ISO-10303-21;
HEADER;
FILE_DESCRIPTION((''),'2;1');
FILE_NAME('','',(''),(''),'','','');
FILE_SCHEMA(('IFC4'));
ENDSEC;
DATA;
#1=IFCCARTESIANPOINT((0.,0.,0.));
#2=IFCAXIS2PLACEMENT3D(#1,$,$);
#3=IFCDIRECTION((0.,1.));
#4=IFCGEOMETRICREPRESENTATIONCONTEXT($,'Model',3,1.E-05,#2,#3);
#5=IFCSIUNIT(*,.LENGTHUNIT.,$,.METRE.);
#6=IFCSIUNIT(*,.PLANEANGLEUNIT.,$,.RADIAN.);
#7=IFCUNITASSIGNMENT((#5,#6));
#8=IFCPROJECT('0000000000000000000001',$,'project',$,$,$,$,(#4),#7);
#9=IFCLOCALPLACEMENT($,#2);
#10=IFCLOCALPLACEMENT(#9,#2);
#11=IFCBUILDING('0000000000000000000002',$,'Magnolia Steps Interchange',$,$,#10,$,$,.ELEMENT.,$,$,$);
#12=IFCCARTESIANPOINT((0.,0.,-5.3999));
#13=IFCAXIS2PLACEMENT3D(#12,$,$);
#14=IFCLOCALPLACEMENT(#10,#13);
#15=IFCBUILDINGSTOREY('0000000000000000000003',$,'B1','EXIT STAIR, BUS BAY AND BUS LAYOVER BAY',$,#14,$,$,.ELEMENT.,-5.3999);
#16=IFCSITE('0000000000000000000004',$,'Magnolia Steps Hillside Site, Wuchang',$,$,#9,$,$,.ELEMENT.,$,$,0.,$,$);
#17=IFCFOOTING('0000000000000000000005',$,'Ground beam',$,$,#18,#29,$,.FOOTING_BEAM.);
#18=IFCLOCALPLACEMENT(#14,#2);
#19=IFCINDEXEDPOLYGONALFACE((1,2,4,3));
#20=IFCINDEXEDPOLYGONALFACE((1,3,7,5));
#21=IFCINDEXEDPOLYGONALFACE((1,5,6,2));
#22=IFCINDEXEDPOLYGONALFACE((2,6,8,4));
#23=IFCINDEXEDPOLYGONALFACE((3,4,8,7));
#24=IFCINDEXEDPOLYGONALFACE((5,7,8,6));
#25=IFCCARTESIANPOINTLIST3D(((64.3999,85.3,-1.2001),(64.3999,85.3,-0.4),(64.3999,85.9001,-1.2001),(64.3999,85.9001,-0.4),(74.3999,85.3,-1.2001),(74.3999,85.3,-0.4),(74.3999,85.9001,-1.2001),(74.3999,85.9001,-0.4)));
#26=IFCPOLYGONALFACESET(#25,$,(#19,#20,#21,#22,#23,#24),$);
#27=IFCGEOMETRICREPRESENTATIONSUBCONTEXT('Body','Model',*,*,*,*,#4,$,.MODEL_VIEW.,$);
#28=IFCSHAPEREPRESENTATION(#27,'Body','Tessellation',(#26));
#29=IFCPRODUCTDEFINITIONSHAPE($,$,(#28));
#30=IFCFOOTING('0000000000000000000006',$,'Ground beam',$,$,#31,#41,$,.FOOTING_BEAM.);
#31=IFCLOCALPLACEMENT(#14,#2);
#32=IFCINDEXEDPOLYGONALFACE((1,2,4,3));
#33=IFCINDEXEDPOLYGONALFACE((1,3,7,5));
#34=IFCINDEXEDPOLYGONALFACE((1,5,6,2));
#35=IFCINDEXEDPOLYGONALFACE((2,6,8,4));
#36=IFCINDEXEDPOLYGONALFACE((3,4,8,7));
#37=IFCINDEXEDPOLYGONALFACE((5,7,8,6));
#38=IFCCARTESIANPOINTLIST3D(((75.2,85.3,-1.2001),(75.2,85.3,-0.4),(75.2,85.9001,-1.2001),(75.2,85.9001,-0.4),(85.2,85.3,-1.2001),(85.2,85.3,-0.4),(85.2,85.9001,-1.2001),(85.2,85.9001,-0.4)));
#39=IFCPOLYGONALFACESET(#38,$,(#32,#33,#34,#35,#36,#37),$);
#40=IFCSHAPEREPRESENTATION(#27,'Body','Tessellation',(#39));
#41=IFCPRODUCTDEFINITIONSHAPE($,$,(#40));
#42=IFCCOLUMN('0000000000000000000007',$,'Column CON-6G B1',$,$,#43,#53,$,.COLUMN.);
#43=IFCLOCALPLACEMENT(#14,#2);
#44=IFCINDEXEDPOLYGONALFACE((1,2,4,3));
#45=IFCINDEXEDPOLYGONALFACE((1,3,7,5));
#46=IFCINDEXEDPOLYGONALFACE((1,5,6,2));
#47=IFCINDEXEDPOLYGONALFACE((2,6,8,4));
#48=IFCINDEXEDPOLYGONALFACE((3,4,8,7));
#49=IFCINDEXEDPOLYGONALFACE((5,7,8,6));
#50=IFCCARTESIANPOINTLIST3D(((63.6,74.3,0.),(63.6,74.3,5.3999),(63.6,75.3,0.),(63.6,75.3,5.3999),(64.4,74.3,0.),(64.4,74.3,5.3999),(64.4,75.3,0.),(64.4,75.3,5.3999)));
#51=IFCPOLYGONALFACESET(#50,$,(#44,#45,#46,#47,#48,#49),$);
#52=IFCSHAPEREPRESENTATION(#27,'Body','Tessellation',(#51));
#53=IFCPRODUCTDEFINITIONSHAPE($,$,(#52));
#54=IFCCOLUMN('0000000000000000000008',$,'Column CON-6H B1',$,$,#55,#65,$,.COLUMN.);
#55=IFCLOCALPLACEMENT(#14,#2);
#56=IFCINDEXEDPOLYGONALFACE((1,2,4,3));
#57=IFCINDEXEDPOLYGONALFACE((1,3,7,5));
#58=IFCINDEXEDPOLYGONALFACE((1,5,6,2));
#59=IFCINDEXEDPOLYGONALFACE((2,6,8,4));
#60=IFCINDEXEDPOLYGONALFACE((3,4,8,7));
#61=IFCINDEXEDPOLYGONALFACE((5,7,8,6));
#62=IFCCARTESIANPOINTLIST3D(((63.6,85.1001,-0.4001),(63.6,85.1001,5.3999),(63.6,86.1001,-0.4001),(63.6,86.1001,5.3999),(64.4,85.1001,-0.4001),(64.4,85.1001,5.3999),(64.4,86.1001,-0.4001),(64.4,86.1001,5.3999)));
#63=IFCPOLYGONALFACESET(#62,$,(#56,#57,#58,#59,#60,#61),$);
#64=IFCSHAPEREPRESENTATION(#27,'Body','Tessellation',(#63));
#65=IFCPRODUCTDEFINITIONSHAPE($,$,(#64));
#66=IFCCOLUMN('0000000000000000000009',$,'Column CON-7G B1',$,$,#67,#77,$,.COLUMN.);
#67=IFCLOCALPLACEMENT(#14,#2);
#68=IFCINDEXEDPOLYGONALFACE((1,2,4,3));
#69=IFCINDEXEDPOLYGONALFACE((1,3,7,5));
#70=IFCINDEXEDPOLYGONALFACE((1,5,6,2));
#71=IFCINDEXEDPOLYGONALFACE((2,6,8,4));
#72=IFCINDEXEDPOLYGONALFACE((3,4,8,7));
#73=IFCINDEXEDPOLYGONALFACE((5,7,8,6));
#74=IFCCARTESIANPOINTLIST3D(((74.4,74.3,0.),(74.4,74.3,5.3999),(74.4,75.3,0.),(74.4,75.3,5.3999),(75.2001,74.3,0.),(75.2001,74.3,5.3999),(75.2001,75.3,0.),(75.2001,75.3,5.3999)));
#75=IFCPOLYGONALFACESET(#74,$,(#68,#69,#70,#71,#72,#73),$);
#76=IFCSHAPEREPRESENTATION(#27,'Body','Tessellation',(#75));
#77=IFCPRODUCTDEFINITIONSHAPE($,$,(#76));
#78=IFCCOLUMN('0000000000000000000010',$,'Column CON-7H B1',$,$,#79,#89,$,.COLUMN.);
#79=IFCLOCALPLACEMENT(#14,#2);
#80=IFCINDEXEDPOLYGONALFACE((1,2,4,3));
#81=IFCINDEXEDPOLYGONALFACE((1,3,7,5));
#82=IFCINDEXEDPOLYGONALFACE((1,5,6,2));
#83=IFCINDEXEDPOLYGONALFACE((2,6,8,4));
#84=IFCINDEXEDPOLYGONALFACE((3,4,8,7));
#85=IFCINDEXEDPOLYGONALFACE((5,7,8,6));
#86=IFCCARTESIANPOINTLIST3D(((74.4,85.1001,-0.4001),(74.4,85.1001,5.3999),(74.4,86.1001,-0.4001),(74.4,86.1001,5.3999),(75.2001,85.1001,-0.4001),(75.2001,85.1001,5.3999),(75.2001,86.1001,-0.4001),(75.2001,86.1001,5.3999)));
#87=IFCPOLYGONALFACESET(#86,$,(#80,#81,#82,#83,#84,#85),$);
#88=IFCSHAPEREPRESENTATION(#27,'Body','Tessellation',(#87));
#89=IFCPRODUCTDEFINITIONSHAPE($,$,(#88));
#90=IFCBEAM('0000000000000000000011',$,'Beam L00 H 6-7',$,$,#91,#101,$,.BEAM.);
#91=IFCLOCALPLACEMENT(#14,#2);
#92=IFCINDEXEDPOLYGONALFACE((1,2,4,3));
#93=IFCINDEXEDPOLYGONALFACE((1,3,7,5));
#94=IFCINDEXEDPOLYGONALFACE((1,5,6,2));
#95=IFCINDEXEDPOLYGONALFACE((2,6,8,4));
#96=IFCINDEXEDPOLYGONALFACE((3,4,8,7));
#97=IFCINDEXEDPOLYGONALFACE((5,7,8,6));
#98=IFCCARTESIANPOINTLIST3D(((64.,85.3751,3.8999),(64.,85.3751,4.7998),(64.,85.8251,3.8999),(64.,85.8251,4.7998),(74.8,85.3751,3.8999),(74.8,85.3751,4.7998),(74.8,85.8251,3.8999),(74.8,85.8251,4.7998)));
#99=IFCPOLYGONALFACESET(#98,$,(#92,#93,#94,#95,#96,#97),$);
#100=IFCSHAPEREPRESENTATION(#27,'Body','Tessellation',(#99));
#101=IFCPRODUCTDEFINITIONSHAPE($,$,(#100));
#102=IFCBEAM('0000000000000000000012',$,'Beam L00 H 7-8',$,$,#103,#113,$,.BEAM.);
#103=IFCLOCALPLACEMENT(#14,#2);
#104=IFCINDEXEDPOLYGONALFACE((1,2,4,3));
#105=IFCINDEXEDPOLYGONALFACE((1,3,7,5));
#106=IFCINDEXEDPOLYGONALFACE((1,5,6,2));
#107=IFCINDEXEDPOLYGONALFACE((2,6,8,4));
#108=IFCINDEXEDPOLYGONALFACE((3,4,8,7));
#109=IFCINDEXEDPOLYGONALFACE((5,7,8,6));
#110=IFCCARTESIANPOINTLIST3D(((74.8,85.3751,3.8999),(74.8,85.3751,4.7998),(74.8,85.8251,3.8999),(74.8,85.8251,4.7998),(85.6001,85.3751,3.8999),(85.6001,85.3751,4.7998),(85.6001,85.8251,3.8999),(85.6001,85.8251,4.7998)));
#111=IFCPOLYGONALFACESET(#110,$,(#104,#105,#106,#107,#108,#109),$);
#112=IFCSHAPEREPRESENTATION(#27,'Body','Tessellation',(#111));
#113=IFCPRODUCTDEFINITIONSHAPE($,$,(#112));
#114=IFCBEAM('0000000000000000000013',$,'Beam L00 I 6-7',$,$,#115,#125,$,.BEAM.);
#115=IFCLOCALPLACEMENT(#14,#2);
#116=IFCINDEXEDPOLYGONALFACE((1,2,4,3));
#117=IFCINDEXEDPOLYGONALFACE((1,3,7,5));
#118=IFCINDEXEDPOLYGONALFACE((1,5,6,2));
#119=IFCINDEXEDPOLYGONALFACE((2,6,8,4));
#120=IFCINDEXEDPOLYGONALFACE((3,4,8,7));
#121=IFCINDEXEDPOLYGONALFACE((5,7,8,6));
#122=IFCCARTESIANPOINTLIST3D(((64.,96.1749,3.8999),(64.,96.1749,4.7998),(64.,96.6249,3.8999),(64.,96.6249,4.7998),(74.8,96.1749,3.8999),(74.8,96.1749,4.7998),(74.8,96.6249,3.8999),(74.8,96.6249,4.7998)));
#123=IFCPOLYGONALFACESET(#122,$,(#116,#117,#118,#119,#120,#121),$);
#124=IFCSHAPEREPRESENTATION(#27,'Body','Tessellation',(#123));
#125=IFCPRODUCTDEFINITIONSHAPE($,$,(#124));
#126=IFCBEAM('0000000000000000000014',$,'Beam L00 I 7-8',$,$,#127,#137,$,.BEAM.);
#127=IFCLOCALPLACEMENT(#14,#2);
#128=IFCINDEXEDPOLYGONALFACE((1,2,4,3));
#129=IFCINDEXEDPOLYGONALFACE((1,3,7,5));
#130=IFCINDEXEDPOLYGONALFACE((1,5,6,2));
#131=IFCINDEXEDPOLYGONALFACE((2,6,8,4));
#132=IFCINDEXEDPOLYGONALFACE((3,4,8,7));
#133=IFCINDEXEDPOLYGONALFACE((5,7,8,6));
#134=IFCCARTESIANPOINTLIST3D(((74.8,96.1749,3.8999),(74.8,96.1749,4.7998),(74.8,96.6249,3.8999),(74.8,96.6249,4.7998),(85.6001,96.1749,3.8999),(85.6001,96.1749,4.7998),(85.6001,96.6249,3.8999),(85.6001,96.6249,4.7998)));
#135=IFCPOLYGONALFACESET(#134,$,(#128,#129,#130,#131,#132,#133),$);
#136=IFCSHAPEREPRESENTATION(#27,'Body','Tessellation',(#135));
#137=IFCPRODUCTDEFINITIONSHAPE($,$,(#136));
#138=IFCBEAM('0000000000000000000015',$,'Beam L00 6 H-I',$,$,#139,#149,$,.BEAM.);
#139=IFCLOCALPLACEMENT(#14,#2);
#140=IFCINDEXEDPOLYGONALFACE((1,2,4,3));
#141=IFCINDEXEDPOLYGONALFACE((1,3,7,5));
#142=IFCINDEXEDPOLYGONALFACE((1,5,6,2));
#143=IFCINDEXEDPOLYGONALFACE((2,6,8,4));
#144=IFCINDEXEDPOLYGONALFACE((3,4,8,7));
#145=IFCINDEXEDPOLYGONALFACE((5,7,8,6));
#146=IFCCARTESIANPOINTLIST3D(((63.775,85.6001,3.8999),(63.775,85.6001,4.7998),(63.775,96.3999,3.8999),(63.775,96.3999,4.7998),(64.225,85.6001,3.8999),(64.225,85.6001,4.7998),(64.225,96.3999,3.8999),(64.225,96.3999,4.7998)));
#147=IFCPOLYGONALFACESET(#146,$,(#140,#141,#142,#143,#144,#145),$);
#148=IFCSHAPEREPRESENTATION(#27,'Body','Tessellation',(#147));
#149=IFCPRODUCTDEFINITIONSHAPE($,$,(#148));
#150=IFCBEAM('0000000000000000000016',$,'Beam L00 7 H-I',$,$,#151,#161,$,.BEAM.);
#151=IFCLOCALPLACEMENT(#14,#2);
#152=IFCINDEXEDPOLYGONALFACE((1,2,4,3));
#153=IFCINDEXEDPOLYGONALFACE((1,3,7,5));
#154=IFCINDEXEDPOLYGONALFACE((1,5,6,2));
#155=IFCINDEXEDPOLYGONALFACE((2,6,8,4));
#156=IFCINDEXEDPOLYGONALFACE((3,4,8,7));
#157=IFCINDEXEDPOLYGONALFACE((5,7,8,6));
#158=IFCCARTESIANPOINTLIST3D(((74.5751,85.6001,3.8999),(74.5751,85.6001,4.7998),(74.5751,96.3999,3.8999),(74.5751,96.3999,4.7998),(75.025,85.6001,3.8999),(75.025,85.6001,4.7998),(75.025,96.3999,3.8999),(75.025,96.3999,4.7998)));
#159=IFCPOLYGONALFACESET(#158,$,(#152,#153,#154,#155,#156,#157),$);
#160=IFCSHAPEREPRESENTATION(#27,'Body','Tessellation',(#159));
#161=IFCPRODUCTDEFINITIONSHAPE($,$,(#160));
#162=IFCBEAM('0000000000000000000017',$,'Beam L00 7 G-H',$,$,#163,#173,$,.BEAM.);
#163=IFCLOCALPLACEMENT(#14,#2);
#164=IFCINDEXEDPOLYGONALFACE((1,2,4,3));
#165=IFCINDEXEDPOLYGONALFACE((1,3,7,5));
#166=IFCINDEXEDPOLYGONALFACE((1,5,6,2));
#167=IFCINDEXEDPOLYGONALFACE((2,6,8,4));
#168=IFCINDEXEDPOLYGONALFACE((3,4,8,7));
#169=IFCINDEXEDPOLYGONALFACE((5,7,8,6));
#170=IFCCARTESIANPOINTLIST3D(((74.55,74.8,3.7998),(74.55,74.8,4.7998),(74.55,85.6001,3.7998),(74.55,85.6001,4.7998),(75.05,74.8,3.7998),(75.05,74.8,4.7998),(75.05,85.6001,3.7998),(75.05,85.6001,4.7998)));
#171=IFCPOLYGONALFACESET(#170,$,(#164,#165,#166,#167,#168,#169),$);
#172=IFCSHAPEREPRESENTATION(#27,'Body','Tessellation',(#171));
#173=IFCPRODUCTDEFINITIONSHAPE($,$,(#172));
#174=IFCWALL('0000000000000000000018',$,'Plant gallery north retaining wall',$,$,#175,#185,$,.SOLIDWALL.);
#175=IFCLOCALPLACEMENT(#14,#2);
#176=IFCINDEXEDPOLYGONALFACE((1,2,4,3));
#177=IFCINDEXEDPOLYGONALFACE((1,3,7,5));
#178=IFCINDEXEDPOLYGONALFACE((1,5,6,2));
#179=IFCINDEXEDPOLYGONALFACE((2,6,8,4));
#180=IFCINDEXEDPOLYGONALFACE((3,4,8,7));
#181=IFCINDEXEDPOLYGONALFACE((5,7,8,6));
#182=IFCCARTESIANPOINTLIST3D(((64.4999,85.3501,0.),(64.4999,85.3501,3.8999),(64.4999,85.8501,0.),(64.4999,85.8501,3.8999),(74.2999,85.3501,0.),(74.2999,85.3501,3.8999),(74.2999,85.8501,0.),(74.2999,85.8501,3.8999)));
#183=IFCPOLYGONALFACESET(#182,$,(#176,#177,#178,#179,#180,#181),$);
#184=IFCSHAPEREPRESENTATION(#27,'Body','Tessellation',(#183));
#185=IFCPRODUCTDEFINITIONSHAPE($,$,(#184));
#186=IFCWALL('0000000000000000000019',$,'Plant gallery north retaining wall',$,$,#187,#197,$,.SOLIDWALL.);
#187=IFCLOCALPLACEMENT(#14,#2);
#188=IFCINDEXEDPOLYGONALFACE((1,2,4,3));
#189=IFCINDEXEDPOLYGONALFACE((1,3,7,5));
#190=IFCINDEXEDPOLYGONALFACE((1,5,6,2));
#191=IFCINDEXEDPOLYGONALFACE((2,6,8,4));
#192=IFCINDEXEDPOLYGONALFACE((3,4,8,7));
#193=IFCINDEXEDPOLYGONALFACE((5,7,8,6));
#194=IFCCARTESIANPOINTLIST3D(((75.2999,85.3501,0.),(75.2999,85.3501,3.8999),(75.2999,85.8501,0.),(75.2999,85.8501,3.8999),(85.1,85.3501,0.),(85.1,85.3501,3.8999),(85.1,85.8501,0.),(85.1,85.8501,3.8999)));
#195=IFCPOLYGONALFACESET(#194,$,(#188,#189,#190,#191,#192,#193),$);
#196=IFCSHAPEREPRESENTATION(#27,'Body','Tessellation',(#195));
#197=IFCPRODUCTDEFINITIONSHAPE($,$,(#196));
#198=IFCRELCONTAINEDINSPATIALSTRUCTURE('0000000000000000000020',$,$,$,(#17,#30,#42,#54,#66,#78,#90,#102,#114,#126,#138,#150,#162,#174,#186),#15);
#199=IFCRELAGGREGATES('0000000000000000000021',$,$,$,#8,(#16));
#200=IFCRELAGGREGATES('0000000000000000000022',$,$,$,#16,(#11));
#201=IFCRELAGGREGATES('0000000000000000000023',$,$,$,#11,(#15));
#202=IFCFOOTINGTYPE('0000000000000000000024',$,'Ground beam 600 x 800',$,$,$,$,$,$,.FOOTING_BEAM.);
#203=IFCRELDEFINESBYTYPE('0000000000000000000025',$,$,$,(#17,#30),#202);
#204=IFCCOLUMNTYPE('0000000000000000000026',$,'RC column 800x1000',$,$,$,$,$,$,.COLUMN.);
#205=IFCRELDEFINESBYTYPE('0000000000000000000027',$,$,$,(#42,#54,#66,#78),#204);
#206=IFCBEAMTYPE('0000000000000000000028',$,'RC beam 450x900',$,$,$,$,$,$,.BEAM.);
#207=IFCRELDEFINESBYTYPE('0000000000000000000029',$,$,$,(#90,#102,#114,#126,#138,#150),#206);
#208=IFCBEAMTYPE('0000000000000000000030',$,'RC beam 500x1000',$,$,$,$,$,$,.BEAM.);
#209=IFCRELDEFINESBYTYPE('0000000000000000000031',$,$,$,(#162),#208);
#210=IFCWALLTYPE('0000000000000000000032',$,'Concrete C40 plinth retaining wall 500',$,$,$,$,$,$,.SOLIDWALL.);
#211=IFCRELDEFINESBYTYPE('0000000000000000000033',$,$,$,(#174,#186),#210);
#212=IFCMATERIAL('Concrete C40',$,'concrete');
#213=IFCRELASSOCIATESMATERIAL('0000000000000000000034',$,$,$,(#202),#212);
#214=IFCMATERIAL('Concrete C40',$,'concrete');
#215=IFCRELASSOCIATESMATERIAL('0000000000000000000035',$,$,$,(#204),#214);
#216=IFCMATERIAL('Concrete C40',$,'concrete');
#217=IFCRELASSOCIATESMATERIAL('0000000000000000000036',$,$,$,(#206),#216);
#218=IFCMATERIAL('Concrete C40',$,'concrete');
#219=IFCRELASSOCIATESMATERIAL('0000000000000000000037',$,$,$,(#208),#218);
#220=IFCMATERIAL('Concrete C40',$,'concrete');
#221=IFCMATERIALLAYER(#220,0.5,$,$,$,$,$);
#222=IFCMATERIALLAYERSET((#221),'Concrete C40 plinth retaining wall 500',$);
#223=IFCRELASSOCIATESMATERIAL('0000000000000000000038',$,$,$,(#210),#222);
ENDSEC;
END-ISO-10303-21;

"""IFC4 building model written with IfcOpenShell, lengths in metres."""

from ifc_helpers import new_model, si_unit, direction, frame, frame_2d, origin, origin_2d, place, context, subcontext, project, spatial, rectangle, extrude, material, layer, layer_set, material_profile, profile_set, type_object, element, save


model = new_model("IFC4")

# Units and contexts
model_context = context("Model", 3, precision=1e-05, world=origin(), true_north=direction((0.0, 1.0)))
body_context = subcontext(model_context, "Body", "Model", "MODEL_VIEW")
ifc_project = project(units=[si_unit("LENGTHUNIT", "METRE"), si_unit("PLANEANGLEUNIT", "RADIAN")], contexts=[model_context])

# Site, building, storey
site_placement = place(None, origin())
site = spatial("IfcSite", under=ifc_project, at=site_placement, Name="Magnolia Steps Hillside Site, Wuchang", CompositionType="ELEMENT", RefElevation=0.0)
building_placement = place(site_placement, origin())
building = spatial("IfcBuilding", under=site, at=building_placement, Name="Magnolia Steps Interchange", CompositionType="ELEMENT")
storey_placement = place(building_placement, frame((0.0, 0.0, -5.3999)))
storey = spatial("IfcBuildingStorey", under=building, at=storey_placement, Name="B1", Description="EXIT STAIR, BUS BAY AND BUS LAYOVER BAY", CompositionType="ELEMENT", Elevation=-5.3999)

# Footings
ifc_material_1 = material(Name="Concrete C40", Category="concrete")
ifc_material_profile_1 = material_profile(ifc_material_1, rectangle(XDim=0.6001, YDim=0.8, at=origin_2d()), Name="RC600x800")
ifc_profile_set_1 = profile_set([ifc_material_profile_1], Name="Concrete C40")
footing_type = type_object("IfcFootingType", Name="Ground beam 600 x 800", PredefinedType="FOOTING_BEAM", material=ifc_profile_set_1)
for number, where, z_axis, x_axis, name in (
    (1, (64.3999, 85.6001, -0.8), (1.0, 0.0, 0.0), (0.0, 1.0, 0.0), "Ground beam"),
    (2, (75.2, 85.6001, -0.8), (1.0, 0.0, 0.0), (0.0, 1.0, 0.0), "Ground beam"),
):
    element("IfcFooting", number, at=place(storey_placement, frame(where, z_axis=z_axis, x_axis=x_axis)), inside=storey, type_object=footing_type, Name=name, PredefinedType="FOOTING_BEAM", context=body_context, shape_type="SweptSolid", body=[
        extrude(rectangle(XDim=0.6001, YDim=0.8, at=origin_2d()), origin(), (0.0, 0.0, 1.0), 10.0),
    ])

# Columns
ifc_material_2 = material(Name="Concrete C40", Category="concrete")
ifc_material_profile_2 = material_profile(ifc_material_2, rectangle(XDim=0.8, YDim=1.0, at=origin_2d()), Name="RC800x1000")
ifc_profile_set_2 = profile_set([ifc_material_profile_2], Name="Concrete C40")
column_type = type_object("IfcColumnType", Name="RC column 800x1000", PredefinedType="COLUMN", material=ifc_profile_set_2)
column_1_placement = place(storey_placement, frame((64.0, 74.8, 0.0), z_axis=(0.0, 0.0, 1.0), x_axis=(1.0, 0.0, 0.0)))
element("IfcColumn", 3, at=column_1_placement, inside=storey, type_object=column_type, Name="Column CON-6G B1", PredefinedType="COLUMN", context=body_context, shape_type="SweptSolid", body=[
    extrude(rectangle(XDim=0.8, YDim=1.0, at=origin_2d()), origin(), (0.0, 0.0, 1.0), 5.3999),
])
column_2_placement = place(storey_placement, frame((64.0, 85.6001, -0.4001), z_axis=(0.0, 0.0, 1.0), x_axis=(1.0, 0.0, 0.0)))
element("IfcColumn", 4, at=column_2_placement, inside=storey, type_object=column_type, Name="Column CON-6H B1", PredefinedType="COLUMN", context=body_context, shape_type="SweptSolid", body=[
    extrude(rectangle(XDim=0.8, YDim=1.0, at=origin_2d()), origin(), (0.0, 0.0, 1.0), 5.8),
])
column_3_placement = place(storey_placement, frame((74.8, 74.8, 0.0), z_axis=(0.0, 0.0, 1.0), x_axis=(1.0, 0.0, 0.0)))
element("IfcColumn", 5, at=column_3_placement, inside=storey, type_object=column_type, Name="Column CON-7G B1", PredefinedType="COLUMN", context=body_context, shape_type="SweptSolid", body=[
    extrude(rectangle(XDim=0.8, YDim=1.0, at=origin_2d()), origin(), (0.0, 0.0, 1.0), 5.3999),
])
column_4_placement = place(storey_placement, frame((74.8, 85.6001, -0.4001), z_axis=(0.0, 0.0, 1.0), x_axis=(1.0, 0.0, 0.0)))
element("IfcColumn", 6, at=column_4_placement, inside=storey, type_object=column_type, Name="Column CON-7H B1", PredefinedType="COLUMN", context=body_context, shape_type="SweptSolid", body=[
    extrude(rectangle(XDim=0.8, YDim=1.0, at=origin_2d()), origin(), (0.0, 0.0, 1.0), 5.8),
])

# Beams
ifc_material_3 = material(Name="Concrete C40", Category="concrete")
ifc_material_profile_3 = material_profile(ifc_material_3, rectangle(XDim=0.45, YDim=0.8999, at=origin_2d()), Name="RC450x900")
ifc_profile_set_3 = profile_set([ifc_material_profile_3], Name="Concrete C40")
beam_type_1 = type_object("IfcBeamType", Name="RC beam 450x900", PredefinedType="BEAM", material=ifc_profile_set_3)
for number, where, z_axis, x_axis, name in (
    (7, (64.0, 85.6001, 4.3499), (1.0, 0.0, 0.0), (0.0, 1.0, 0.0), "Beam L00 H 6-7"),
    (8, (74.8, 85.6001, 4.3499), (1.0, 0.0, 0.0), (0.0, 1.0, 0.0), "Beam L00 H 7-8"),
    (9, (64.0, 96.3999, 4.3499), (1.0, 0.0, 0.0), (0.0, 1.0, 0.0), "Beam L00 I 6-7"),
    (10, (74.8, 96.3999, 4.3499), (1.0, 0.0, 0.0), (0.0, 1.0, 0.0), "Beam L00 I 7-8"),
):
    element("IfcBeam", number, at=place(storey_placement, frame(where, z_axis=z_axis, x_axis=x_axis)), inside=storey, type_object=beam_type_1, Name=name, PredefinedType="BEAM", context=body_context, shape_type="SweptSolid", body=[
        extrude(rectangle(XDim=0.45, YDim=0.8999, at=origin_2d()), origin(), (0.0, 0.0, 1.0), 10.8),
    ])
for number, where, z_axis, x_axis, name in (
    (11, (64.0, 85.6001, 4.3499), (0.0, 1.0, 0.0), (-1.0, 0.0, 0.0), "Beam L00 6 H-I"),
    (12, (74.8, 85.6001, 4.3499), (0.0, 1.0, 0.0), (-1.0, 0.0, 0.0), "Beam L00 7 H-I"),
):
    element("IfcBeam", number, at=place(storey_placement, frame(where, z_axis=z_axis, x_axis=x_axis)), inside=storey, type_object=beam_type_1, Name=name, PredefinedType="BEAM", context=body_context, shape_type="SweptSolid", body=[
        extrude(rectangle(XDim=0.45, YDim=0.8999, at=origin_2d()), origin(), (0.0, 0.0, 1.0), 10.7998),
    ])
ifc_material_4 = material(Name="Concrete C40", Category="concrete")
ifc_material_profile_4 = material_profile(ifc_material_4, rectangle(XDim=0.5, YDim=1.0, at=origin_2d()), Name="RC500x1000")
ifc_profile_set_4 = profile_set([ifc_material_profile_4], Name="Concrete C40")
beam_type_2 = type_object("IfcBeamType", Name="RC beam 500x1000", PredefinedType="BEAM", material=ifc_profile_set_4)
beam_placement = place(storey_placement, frame((74.8, 74.8, 4.2998), z_axis=(0.0, 1.0, 0.0), x_axis=(-1.0, 0.0, 0.0)))
element("IfcBeam", 13, at=beam_placement, inside=storey, type_object=beam_type_2, Name="Beam L00 7 G-H", PredefinedType="BEAM", context=body_context, shape_type="SweptSolid", body=[
    extrude(rectangle(XDim=0.5, YDim=1.0, at=origin_2d()), origin(), (0.0, 0.0, 1.0), 10.8),
])

# Walls
ifc_material_5 = material(Name="Concrete C40", Category="concrete")
ifc_layer_1 = layer(ifc_material_5, 0.5)
ifc_layer_set_1 = layer_set([ifc_layer_1], Name="Concrete C40 plinth retaining wall 500")
wall_type_1 = type_object("IfcWallType", Name="Concrete C40 plinth retaining wall 500", PredefinedType="SOLIDWALL", material=ifc_layer_set_1)
for number, where, z_axis, x_axis, name in (
    (14, (64.5, 85.6001, 0.0), (0.0, 0.0, 1.0), (1.0, 0.0, 0.0), "Plant gallery north retaining wall"),
    (15, (75.3, 85.6001, 0.0), (0.0, 0.0, 1.0), (1.0, 0.0, 0.0), "Plant gallery north retaining wall"),
):
    element("IfcWall", number, at=place(storey_placement, frame(where, z_axis=z_axis, x_axis=x_axis)), inside=storey, type_object=wall_type_1, Name=name, PredefinedType="SOLIDWALL", context=body_context, shape_type="SweptSolid", body=[
        extrude(rectangle(XDim=9.8, YDim=0.5, at=frame_2d((4.8999, 0.0))), origin(), (0.0, 0.0, 1.0), 3.8999),
    ])

save(model, "model.ifc")
